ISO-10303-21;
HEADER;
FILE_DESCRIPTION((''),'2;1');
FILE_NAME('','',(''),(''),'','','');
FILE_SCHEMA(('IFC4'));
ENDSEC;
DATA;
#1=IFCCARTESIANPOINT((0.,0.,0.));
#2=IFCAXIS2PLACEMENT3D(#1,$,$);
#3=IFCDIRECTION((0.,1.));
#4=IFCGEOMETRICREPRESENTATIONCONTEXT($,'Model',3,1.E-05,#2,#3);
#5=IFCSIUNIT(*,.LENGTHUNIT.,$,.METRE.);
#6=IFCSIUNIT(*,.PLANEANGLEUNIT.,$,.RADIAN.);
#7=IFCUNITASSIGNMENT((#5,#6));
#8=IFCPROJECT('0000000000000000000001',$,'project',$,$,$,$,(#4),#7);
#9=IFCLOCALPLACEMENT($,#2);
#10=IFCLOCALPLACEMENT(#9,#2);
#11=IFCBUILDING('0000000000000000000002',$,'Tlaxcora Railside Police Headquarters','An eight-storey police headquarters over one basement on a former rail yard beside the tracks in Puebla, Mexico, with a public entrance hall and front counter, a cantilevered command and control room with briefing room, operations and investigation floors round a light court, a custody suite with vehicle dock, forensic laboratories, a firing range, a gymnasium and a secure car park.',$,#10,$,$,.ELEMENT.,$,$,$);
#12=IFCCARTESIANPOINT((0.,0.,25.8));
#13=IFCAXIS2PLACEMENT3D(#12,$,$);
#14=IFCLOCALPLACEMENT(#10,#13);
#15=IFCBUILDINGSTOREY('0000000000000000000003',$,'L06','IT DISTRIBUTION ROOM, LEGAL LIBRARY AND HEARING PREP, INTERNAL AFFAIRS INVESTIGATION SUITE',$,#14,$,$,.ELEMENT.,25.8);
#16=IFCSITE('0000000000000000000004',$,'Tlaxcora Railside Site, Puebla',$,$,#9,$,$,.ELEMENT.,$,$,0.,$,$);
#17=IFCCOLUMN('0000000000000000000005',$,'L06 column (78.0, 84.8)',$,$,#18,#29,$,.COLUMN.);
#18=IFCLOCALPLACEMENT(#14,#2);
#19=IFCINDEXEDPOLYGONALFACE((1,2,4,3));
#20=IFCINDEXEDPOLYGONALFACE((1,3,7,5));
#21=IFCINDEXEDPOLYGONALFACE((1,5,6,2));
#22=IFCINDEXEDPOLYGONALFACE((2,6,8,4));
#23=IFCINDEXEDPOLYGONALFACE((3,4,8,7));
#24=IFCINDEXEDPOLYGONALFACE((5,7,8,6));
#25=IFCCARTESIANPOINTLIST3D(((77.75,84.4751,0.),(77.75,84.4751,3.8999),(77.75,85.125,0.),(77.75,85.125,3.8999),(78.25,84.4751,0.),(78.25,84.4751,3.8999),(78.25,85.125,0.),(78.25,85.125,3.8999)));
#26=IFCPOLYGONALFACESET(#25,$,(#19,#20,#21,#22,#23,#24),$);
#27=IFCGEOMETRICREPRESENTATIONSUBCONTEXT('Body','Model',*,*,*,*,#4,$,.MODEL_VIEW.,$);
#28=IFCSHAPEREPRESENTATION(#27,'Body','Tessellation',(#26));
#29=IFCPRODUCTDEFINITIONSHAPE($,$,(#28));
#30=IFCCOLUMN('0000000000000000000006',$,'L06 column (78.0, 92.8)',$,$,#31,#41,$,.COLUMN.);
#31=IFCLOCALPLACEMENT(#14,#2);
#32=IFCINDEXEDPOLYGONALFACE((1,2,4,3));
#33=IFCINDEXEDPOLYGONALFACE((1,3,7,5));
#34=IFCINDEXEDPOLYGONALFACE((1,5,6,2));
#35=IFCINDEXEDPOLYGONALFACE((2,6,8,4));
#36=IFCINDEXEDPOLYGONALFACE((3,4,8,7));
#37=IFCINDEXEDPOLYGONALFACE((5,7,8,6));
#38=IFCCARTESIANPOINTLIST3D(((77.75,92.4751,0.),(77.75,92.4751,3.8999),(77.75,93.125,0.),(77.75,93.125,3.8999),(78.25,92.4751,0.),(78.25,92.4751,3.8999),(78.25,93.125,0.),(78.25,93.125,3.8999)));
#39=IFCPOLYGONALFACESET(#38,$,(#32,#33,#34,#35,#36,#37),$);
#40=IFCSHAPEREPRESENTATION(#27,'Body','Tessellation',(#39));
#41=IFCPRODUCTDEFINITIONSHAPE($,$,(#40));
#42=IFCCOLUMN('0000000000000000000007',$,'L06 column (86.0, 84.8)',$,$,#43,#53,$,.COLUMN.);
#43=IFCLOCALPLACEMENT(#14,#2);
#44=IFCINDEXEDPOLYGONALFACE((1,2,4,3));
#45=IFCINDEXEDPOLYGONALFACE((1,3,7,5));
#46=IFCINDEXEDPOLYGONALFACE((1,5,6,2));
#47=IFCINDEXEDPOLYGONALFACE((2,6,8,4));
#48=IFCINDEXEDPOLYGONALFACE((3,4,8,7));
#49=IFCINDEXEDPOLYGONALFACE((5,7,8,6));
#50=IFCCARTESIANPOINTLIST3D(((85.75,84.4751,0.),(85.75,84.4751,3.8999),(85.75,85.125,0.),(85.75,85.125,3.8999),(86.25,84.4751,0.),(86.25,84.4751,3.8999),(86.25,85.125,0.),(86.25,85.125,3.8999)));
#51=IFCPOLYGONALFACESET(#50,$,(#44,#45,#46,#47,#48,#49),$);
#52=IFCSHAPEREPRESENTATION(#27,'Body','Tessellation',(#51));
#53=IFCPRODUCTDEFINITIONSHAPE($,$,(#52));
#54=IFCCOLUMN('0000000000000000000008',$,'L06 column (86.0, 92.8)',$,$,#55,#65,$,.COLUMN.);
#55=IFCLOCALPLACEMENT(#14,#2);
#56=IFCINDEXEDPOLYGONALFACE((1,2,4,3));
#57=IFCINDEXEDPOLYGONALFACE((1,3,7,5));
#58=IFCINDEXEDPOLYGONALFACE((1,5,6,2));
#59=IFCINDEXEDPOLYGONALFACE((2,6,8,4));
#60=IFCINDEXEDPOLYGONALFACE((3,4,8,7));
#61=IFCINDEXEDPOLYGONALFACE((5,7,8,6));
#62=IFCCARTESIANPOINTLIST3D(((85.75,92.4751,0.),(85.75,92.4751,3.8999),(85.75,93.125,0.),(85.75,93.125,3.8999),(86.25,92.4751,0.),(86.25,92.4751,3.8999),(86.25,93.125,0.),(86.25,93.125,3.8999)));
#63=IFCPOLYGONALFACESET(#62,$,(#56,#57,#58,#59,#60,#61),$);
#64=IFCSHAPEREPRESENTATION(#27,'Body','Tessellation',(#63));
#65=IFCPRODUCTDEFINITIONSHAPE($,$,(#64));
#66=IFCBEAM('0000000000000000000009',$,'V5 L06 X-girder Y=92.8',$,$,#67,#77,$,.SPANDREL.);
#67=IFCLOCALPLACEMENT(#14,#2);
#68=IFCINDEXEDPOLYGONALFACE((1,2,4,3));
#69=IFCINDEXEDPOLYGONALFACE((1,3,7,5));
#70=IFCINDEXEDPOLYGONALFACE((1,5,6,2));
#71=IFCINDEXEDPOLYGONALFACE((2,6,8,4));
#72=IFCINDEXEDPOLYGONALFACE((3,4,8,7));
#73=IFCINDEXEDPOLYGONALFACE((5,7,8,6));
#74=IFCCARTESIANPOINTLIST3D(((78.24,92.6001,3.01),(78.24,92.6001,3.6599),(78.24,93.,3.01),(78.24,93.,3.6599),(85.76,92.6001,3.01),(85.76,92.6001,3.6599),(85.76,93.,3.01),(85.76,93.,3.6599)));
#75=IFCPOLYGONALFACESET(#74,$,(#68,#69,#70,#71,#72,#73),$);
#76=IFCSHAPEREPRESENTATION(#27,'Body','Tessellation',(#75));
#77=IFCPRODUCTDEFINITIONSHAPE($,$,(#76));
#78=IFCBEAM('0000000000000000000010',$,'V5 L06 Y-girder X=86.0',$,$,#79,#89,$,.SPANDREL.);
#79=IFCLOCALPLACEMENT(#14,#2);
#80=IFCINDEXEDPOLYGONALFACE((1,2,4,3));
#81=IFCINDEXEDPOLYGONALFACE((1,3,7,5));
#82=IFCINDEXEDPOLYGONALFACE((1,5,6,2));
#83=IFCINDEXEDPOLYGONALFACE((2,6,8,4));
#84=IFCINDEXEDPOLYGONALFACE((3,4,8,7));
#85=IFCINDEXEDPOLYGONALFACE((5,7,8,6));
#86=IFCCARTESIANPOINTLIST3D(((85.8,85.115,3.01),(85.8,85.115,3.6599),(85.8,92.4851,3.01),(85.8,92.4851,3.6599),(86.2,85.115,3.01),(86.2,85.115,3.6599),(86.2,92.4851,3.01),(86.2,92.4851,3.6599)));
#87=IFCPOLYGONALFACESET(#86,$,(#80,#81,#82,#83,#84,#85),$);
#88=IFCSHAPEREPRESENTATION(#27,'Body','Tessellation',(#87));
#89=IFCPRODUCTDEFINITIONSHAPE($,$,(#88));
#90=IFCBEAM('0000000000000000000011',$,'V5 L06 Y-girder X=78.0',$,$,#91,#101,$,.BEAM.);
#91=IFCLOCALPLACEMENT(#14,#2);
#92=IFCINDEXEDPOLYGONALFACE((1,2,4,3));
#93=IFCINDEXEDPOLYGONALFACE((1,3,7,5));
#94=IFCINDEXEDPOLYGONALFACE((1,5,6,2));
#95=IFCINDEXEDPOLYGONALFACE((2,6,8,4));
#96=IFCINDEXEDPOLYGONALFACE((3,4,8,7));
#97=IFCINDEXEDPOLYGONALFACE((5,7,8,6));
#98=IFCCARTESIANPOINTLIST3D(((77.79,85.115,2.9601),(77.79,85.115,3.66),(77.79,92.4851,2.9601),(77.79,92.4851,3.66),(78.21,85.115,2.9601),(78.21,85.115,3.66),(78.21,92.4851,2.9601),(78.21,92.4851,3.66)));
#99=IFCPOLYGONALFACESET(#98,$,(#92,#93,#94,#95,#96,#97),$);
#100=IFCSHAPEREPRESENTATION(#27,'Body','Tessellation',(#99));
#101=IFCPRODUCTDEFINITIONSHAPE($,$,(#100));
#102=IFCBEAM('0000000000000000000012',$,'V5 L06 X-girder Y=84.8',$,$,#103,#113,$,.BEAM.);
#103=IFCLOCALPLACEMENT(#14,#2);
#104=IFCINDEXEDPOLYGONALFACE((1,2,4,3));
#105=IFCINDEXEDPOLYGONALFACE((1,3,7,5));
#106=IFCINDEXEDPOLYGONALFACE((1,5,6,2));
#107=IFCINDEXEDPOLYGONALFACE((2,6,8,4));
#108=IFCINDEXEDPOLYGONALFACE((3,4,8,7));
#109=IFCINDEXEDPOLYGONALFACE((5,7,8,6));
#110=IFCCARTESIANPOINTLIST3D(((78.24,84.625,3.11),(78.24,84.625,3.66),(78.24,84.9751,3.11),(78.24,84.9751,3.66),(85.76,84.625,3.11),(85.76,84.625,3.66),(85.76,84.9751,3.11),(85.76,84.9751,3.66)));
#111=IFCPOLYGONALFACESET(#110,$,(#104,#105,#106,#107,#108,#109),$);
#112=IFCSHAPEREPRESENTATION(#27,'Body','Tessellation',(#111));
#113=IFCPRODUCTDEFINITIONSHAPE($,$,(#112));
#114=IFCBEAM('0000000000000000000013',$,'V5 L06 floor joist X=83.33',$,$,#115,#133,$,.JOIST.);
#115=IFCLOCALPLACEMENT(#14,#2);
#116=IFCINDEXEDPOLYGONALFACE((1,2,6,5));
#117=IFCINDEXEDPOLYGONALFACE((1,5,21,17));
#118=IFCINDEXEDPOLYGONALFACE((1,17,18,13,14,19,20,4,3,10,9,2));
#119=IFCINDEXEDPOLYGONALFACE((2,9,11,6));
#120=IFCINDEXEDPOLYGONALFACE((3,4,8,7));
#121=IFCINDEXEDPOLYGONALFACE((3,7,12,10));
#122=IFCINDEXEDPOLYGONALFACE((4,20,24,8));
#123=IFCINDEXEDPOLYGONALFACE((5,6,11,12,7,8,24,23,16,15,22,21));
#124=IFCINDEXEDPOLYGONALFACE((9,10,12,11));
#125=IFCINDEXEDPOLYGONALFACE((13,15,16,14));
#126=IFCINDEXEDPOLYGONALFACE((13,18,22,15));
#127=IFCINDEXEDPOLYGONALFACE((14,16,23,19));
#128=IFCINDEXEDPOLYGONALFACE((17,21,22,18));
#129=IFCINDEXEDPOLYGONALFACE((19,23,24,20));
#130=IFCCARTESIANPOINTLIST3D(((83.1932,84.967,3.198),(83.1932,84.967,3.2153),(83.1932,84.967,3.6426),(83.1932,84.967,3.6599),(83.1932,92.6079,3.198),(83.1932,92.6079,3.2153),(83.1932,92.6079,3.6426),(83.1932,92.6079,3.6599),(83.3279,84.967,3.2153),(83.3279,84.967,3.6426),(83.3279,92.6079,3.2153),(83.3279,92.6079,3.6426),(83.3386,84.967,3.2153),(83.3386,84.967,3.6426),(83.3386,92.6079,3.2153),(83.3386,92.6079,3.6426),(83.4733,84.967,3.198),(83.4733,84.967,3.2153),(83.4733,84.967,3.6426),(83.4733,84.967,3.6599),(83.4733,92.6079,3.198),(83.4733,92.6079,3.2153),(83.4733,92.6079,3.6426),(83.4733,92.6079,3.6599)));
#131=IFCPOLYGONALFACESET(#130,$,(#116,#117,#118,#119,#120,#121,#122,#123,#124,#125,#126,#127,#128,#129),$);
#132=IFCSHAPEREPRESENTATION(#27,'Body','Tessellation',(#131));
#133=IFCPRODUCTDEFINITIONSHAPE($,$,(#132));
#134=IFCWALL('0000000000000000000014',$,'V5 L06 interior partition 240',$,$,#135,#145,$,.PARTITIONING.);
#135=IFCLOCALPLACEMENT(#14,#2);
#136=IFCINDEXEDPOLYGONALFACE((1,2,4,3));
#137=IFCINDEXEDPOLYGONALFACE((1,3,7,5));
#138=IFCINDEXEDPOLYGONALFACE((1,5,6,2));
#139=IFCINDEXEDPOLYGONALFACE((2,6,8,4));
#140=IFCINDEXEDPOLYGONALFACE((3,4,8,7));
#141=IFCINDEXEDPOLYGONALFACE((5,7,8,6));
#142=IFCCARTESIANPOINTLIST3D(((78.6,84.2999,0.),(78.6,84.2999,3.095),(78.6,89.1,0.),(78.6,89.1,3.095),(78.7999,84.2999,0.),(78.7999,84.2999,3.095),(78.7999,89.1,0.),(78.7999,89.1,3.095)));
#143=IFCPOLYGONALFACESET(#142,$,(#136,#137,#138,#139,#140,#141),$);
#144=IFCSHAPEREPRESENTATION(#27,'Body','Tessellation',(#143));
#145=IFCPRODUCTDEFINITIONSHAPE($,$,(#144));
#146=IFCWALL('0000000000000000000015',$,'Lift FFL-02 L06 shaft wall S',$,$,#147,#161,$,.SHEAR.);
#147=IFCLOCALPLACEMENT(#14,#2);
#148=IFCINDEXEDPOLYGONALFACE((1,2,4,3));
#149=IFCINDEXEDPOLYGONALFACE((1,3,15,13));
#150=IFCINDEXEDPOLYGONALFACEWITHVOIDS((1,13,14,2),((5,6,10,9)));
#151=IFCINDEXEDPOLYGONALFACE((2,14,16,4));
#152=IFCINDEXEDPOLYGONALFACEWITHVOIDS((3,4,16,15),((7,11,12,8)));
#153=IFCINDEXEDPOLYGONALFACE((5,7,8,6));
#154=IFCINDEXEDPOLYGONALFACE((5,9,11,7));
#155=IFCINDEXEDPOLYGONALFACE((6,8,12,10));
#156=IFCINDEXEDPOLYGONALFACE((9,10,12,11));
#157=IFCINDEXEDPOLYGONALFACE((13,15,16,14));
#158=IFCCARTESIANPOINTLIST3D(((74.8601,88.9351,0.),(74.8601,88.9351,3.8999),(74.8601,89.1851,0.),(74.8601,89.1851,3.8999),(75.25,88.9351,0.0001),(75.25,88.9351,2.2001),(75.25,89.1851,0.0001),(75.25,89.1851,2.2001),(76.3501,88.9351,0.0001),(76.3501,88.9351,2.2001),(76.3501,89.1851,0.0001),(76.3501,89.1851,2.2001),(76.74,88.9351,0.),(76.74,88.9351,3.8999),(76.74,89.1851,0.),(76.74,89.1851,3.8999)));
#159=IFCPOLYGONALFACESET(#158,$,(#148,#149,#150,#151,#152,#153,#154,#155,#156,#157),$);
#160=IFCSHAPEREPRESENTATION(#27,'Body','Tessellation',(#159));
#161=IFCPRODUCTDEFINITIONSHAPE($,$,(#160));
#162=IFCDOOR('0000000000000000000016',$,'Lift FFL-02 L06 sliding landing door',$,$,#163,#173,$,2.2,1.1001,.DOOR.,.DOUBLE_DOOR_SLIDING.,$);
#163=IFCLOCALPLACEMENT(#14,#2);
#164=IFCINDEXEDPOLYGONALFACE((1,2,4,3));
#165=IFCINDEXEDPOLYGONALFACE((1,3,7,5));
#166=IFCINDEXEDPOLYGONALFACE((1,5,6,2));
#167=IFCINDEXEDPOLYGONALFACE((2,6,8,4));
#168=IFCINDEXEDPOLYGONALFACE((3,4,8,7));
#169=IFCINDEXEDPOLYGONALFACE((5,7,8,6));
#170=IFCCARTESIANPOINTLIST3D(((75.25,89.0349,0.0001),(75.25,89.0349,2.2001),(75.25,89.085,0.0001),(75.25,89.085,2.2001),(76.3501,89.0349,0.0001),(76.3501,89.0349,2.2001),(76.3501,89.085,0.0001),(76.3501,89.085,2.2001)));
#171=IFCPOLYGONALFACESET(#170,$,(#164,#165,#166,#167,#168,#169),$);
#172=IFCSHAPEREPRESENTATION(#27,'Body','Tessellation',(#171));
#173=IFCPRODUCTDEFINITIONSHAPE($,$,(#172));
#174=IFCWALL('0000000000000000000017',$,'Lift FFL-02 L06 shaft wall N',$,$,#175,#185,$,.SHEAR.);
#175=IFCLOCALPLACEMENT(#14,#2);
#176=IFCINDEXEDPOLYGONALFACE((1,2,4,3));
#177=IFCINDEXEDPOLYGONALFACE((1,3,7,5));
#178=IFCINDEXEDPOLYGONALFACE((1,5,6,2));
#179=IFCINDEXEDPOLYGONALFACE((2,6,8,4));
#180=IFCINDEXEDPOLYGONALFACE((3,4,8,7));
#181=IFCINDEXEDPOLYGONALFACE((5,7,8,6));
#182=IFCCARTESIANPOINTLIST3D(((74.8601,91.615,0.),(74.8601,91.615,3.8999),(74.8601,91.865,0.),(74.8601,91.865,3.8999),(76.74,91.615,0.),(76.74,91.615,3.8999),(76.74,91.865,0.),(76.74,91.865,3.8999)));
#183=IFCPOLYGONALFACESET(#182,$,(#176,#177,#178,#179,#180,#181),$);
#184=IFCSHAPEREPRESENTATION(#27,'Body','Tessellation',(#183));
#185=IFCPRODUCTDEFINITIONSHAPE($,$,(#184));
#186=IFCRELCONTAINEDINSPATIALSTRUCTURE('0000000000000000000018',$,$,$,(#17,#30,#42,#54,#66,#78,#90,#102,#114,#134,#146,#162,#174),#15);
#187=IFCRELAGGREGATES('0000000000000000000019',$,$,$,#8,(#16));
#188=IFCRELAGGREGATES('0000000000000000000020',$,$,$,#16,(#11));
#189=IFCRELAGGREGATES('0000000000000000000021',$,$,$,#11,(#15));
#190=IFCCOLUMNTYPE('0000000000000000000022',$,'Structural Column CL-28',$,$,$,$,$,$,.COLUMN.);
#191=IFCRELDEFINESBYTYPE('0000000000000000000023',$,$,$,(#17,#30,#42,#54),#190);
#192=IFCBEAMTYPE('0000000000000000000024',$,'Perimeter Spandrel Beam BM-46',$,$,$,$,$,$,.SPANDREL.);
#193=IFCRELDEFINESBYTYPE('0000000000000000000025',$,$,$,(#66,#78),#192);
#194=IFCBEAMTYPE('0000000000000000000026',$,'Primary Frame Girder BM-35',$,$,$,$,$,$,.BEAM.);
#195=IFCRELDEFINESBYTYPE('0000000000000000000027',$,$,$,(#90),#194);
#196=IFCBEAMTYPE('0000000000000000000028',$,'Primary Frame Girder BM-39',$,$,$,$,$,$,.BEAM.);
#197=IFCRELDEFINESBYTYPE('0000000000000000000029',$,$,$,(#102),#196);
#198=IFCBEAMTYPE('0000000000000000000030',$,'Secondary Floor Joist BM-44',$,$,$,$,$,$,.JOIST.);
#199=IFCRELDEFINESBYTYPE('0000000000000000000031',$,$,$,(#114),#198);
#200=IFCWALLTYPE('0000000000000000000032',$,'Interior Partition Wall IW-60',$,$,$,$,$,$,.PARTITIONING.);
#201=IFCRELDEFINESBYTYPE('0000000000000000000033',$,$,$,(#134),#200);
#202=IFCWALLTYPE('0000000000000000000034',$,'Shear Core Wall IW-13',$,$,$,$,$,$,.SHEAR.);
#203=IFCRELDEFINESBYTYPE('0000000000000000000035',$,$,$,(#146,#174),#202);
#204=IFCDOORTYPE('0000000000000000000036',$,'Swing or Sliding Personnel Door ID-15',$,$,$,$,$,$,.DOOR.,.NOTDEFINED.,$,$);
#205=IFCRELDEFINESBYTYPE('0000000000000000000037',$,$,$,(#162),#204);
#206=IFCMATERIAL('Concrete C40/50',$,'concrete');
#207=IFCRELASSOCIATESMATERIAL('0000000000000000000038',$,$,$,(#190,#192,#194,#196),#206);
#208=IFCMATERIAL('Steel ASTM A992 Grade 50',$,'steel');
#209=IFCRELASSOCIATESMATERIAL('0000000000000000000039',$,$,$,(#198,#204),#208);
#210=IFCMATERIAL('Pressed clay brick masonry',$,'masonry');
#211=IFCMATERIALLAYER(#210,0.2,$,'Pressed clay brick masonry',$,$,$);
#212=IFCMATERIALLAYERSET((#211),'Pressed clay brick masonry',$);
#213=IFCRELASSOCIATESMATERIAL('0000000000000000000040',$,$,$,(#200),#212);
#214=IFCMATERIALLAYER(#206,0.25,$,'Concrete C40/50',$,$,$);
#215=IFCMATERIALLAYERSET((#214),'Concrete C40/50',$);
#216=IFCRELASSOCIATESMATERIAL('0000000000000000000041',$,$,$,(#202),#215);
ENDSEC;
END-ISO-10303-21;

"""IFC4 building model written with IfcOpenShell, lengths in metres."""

from ifc_helpers import new_model, si_unit, direction, frame, frame_2d, origin, origin_2d, place, context, subcontext, project, spatial, rectangle, i_section, extrude, material, layer, layer_set, material_profile, profile_set, type_object, element, fill, save


model = new_model("IFC4")

# Units and contexts
model_context = context("Model", 3, precision=1e-05, world=origin(), true_north=direction((0.0, 1.0)))
body_context = subcontext(model_context, "Body", "Model", "MODEL_VIEW")
ifc_project = project(units=[si_unit("LENGTHUNIT", "METRE"), si_unit("PLANEANGLEUNIT", "RADIAN")], contexts=[model_context])

# Site, building, storey
site_placement = place(None, origin())
site = spatial("IfcSite", under=ifc_project, at=site_placement, Name="Tlaxcora Railside Site, Puebla", CompositionType="ELEMENT", RefElevation=0.0)
building_placement = place(site_placement, origin())
building = spatial("IfcBuilding", under=site, at=building_placement, Name="Tlaxcora Railside Police Headquarters", Description="An eight-storey police headquarters over one basement on a former rail yard beside the tracks in Puebla, Mexico, with a public entrance hall and front counter, a cantilevered command and control room with briefing room, operations and investigation floors round a light court, a custody suite with vehicle dock, forensic laboratories, a firing range, a gymnasium and a secure car park.", CompositionType="ELEMENT")
storey_placement = place(building_placement, frame((0.0, 0.0, 25.8)))
storey = spatial("IfcBuildingStorey", under=building, at=storey_placement, Name="L06", Description="IT DISTRIBUTION ROOM, LEGAL LIBRARY AND HEARING PREP, INTERNAL AFFAIRS INVESTIGATION SUITE", CompositionType="ELEMENT", Elevation=25.8)

# Columns
ifc_material_1 = material(Name="Concrete C40/50", Category="concrete")
ifc_material_profile_1 = material_profile(ifc_material_1, rectangle(XDim=0.5, YDim=0.6499, at=origin_2d()), Name="RC500X650")
ifc_profile_set_1 = profile_set([ifc_material_profile_1], Name="Concrete C40/50")
column_type = type_object("IfcColumnType", Name="Structural Column CL-28", PredefinedType="COLUMN", material=ifc_profile_set_1)
for number, where, z_axis, x_axis, name in (
    (1, (78.0, 84.8, 0.0), (0.0, 0.0, 1.0), (1.0, 0.0, 0.0), "L06 column (78.0, 84.8)"),
    (2, (78.0, 92.8, 0.0), (0.0, 0.0, 1.0), (1.0, 0.0, 0.0), "L06 column (78.0, 92.8)"),
    (3, (86.0, 84.8, 0.0), (0.0, 0.0, 1.0), (1.0, 0.0, 0.0), "L06 column (86.0, 84.8)"),
    (4, (86.0, 92.8, 0.0), (0.0, 0.0, 1.0), (1.0, 0.0, 0.0), "L06 column (86.0, 92.8)"),
):
    element("IfcColumn", number, at=place(storey_placement, frame(where, z_axis=z_axis, x_axis=x_axis)), inside=storey, type_object=column_type, Name=name, PredefinedType="COLUMN", context=body_context, shape_type="SweptSolid", body=[
        extrude(rectangle(XDim=0.5, YDim=0.6499, at=origin_2d()), origin(), (0.0, 0.0, 1.0), 3.8999),
    ])

# Beams
ifc_material_profile_2 = material_profile(ifc_material_1, rectangle(XDim=0.3999, YDim=0.6499, at=origin_2d()), Name="RC400X650")
ifc_profile_set_2 = profile_set([ifc_material_profile_2], Name="Concrete C40/50")
beam_type_1 = type_object("IfcBeamType", Name="Perimeter Spandrel Beam BM-46", PredefinedType="SPANDREL", material=ifc_profile_set_2)
beam_1_placement = place(storey_placement, frame((78.24, 92.8, 3.335), z_axis=(1.0, 0.0, 0.0), x_axis=(0.0, 1.0, 0.0)))
element("IfcBeam", 5, at=beam_1_placement, inside=storey, type_object=beam_type_1, Name="V5 L06 X-girder Y=92.8", PredefinedType="SPANDREL", context=body_context, shape_type="SweptSolid", body=[
    extrude(rectangle(XDim=0.3999, YDim=0.6499, at=origin_2d()), origin(), (0.0, 0.0, 1.0), 7.52),
])
beam_2_placement = place(storey_placement, frame((86.0, 85.115, 3.335), z_axis=(0.0, 1.0, 0.0), x_axis=(-1.0, 0.0, 0.0)))
element("IfcBeam", 6, at=beam_2_placement, inside=storey, type_object=beam_type_1, Name="V5 L06 Y-girder X=86.0", PredefinedType="SPANDREL", context=body_context, shape_type="SweptSolid", body=[
    extrude(rectangle(XDim=0.3999, YDim=0.6499, at=origin_2d()), origin(), (0.0, 0.0, 1.0), 7.3701),
])
ifc_material_profile_3 = material_profile(ifc_material_1, rectangle(XDim=0.4199, YDim=0.7, at=origin_2d()), Name="RC420X700")
ifc_profile_set_3 = profile_set([ifc_material_profile_3], Name="Concrete C40/50")
beam_type_2 = type_object("IfcBeamType", Name="Primary Frame Girder BM-35", PredefinedType="BEAM", material=ifc_profile_set_3)
beam_3_placement = place(storey_placement, frame((78.0, 85.115, 3.3101), z_axis=(0.0, 1.0, 0.0), x_axis=(-1.0, 0.0, 0.0)))
element("IfcBeam", 7, at=beam_3_placement, inside=storey, type_object=beam_type_2, Name="V5 L06 Y-girder X=78.0", PredefinedType="BEAM", context=body_context, shape_type="SweptSolid", body=[
    extrude(rectangle(XDim=0.4199, YDim=0.7, at=origin_2d()), origin(), (0.0, 0.0, 1.0), 7.3701),
])
ifc_material_profile_4 = material_profile(ifc_material_1, rectangle(XDim=0.3501, YDim=0.55, at=origin_2d()), Name="RC350X550")
ifc_profile_set_4 = profile_set([ifc_material_profile_4], Name="Concrete C40/50")
beam_type_3 = type_object("IfcBeamType", Name="Primary Frame Girder BM-39", PredefinedType="BEAM", material=ifc_profile_set_4)
beam_4_placement = place(storey_placement, frame((78.24, 84.8, 3.385), z_axis=(1.0, 0.0, 0.0), x_axis=(0.0, 1.0, 0.0)))
element("IfcBeam", 8, at=beam_4_placement, inside=storey, type_object=beam_type_3, Name="V5 L06 X-girder Y=84.8", PredefinedType="BEAM", context=body_context, shape_type="SweptSolid", body=[
    extrude(rectangle(XDim=0.3501, YDim=0.55, at=origin_2d()), origin(), (0.0, 0.0, 1.0), 7.52),
])
ifc_material_2 = material(Name="Steel ASTM A992 Grade 50", Category="steel")
ifc_material_profile_5 = material_profile(ifc_material_2, i_section(OverallWidth=0.28, OverallDepth=0.4619, WebThickness=0.0107, FlangeThickness=0.0173, at=origin_2d()), Name="W18X76")
ifc_profile_set_5 = profile_set([ifc_material_profile_5], Name="Steel ASTM A992 Grade 50")
beam_type_4 = type_object("IfcBeamType", Name="Secondary Floor Joist BM-44", PredefinedType="JOIST", material=ifc_profile_set_5)
beam_5_placement = place(storey_placement, frame((83.3333, 84.967, 3.429), z_axis=(0.0, 1.0, 0.0), x_axis=(-1.0, 0.0, 0.0)))
element("IfcBeam", 9, at=beam_5_placement, inside=storey, type_object=beam_type_4, Name="V5 L06 floor joist X=83.33", PredefinedType="JOIST", context=body_context, shape_type="SweptSolid", body=[
    extrude(i_section(OverallWidth=0.28, OverallDepth=0.4619, WebThickness=0.0107, FlangeThickness=0.0173, at=origin_2d()), origin(), (0.0, 0.0, 1.0), 7.6409),
])

# Wall
ifc_material_3 = material(Name="Pressed clay brick masonry", Category="masonry")
ifc_layer_1 = layer(ifc_material_3, 0.2, Name="Pressed clay brick masonry")
ifc_layer_set_1 = layer_set([ifc_layer_1], Name="Pressed clay brick masonry")
wall_type_1 = type_object("IfcWallType", Name="Interior Partition Wall IW-60", PredefinedType="PARTITIONING", material=ifc_layer_set_1)
wall_1_placement = place(storey_placement, frame((78.7, 84.3, 0.0), z_axis=(0.0, 0.0, 1.0), x_axis=(0.0, 1.0, 0.0)))
element("IfcWall", 10, at=wall_1_placement, inside=storey, type_object=wall_type_1, Name="V5 L06 interior partition 240", PredefinedType="PARTITIONING", context=body_context, shape_type="SweptSolid", body=[
    extrude(rectangle(XDim=4.8, YDim=0.2, at=frame_2d((2.3999, 0.0))), origin(), (0.0, 0.0, 1.0), 3.095),
])

# Wall, opening, door
ifc_layer_2 = layer(ifc_material_1, 0.25, Name="Concrete C40/50")
ifc_layer_set_2 = layer_set([ifc_layer_2], Name="Concrete C40/50")
wall_type_2 = type_object("IfcWallType", Name="Shear Core Wall IW-13", PredefinedType="SHEAR", material=ifc_layer_set_2)
wall_2_placement = place(storey_placement, frame((74.8601, 89.0601, 0.0), z_axis=(0.0, 0.0, 1.0), x_axis=(1.0, 0.0, 0.0)))
wall_2 = element("IfcWall", 11, at=wall_2_placement, inside=storey, type_object=wall_type_2, Name="Lift FFL-02 L06 shaft wall S", PredefinedType="SHEAR", context=body_context, shape_type="SweptSolid", body=[
    extrude(rectangle(XDim=1.8799, YDim=0.25, at=frame_2d((0.9399, 0.0))), origin(), (0.0, 0.0, 1.0), 3.8999),
])
opening_1_placement = place(wall_2_placement, frame((0.3899, 0.0, 0.0)))
opening_1 = element("IfcOpeningElement", 12, at=opening_1_placement, cuts=wall_2, PredefinedType="OPENING", context=body_context, shape_type="SweptSolid", body=[
    extrude(rectangle(XDim=1.1001, YDim=2.2, at=frame_2d((0.55, 1.1001))), frame((0.0, 0.135, 0.0), z_axis=(0.0, -1.0, 0.0), x_axis=(1.0, 0.0, 0.0)), (0.0, 0.0, 1.0), 0.27),
])
door_type = type_object("IfcDoorType", Name="Swing or Sliding Personnel Door ID-15", OperationType="NOTDEFINED", PredefinedType="DOOR", material=ifc_material_2)
door_1_placement = place(opening_1_placement, origin())
door_1 = element("IfcDoor", 13, at=door_1_placement, inside=storey, type_object=door_type, Name="Lift FFL-02 L06 sliding landing door", OperationType="DOUBLE_DOOR_SLIDING", OverallHeight=2.2, OverallWidth=1.1001, PredefinedType="DOOR", context=body_context, shape_type="SweptSolid", body=[
    extrude(rectangle(XDim=1.1001, YDim=2.2, at=frame_2d((0.55, 1.1001))), frame((0.0, 0.0249, 0.0), z_axis=(0.0, -1.0, 0.0), x_axis=(1.0, 0.0, 0.0)), (0.0, 0.0, 1.0), 0.05),
])
fill(opening_1, door_1)

# Wall
wall_3_placement = place(storey_placement, frame((76.74, 91.74, 0.0), z_axis=(0.0, 0.0, 1.0), x_axis=(-1.0, 0.0, 0.0)))
element("IfcWall", 14, at=wall_3_placement, inside=storey, type_object=wall_type_2, Name="Lift FFL-02 L06 shaft wall N", PredefinedType="SHEAR", context=body_context, shape_type="SweptSolid", body=[
    extrude(rectangle(XDim=1.8799, YDim=0.25, at=frame_2d((0.9399, 0.0))), origin(), (0.0, 0.0, 1.0), 3.8999),
])

save(model, "model.ifc")
